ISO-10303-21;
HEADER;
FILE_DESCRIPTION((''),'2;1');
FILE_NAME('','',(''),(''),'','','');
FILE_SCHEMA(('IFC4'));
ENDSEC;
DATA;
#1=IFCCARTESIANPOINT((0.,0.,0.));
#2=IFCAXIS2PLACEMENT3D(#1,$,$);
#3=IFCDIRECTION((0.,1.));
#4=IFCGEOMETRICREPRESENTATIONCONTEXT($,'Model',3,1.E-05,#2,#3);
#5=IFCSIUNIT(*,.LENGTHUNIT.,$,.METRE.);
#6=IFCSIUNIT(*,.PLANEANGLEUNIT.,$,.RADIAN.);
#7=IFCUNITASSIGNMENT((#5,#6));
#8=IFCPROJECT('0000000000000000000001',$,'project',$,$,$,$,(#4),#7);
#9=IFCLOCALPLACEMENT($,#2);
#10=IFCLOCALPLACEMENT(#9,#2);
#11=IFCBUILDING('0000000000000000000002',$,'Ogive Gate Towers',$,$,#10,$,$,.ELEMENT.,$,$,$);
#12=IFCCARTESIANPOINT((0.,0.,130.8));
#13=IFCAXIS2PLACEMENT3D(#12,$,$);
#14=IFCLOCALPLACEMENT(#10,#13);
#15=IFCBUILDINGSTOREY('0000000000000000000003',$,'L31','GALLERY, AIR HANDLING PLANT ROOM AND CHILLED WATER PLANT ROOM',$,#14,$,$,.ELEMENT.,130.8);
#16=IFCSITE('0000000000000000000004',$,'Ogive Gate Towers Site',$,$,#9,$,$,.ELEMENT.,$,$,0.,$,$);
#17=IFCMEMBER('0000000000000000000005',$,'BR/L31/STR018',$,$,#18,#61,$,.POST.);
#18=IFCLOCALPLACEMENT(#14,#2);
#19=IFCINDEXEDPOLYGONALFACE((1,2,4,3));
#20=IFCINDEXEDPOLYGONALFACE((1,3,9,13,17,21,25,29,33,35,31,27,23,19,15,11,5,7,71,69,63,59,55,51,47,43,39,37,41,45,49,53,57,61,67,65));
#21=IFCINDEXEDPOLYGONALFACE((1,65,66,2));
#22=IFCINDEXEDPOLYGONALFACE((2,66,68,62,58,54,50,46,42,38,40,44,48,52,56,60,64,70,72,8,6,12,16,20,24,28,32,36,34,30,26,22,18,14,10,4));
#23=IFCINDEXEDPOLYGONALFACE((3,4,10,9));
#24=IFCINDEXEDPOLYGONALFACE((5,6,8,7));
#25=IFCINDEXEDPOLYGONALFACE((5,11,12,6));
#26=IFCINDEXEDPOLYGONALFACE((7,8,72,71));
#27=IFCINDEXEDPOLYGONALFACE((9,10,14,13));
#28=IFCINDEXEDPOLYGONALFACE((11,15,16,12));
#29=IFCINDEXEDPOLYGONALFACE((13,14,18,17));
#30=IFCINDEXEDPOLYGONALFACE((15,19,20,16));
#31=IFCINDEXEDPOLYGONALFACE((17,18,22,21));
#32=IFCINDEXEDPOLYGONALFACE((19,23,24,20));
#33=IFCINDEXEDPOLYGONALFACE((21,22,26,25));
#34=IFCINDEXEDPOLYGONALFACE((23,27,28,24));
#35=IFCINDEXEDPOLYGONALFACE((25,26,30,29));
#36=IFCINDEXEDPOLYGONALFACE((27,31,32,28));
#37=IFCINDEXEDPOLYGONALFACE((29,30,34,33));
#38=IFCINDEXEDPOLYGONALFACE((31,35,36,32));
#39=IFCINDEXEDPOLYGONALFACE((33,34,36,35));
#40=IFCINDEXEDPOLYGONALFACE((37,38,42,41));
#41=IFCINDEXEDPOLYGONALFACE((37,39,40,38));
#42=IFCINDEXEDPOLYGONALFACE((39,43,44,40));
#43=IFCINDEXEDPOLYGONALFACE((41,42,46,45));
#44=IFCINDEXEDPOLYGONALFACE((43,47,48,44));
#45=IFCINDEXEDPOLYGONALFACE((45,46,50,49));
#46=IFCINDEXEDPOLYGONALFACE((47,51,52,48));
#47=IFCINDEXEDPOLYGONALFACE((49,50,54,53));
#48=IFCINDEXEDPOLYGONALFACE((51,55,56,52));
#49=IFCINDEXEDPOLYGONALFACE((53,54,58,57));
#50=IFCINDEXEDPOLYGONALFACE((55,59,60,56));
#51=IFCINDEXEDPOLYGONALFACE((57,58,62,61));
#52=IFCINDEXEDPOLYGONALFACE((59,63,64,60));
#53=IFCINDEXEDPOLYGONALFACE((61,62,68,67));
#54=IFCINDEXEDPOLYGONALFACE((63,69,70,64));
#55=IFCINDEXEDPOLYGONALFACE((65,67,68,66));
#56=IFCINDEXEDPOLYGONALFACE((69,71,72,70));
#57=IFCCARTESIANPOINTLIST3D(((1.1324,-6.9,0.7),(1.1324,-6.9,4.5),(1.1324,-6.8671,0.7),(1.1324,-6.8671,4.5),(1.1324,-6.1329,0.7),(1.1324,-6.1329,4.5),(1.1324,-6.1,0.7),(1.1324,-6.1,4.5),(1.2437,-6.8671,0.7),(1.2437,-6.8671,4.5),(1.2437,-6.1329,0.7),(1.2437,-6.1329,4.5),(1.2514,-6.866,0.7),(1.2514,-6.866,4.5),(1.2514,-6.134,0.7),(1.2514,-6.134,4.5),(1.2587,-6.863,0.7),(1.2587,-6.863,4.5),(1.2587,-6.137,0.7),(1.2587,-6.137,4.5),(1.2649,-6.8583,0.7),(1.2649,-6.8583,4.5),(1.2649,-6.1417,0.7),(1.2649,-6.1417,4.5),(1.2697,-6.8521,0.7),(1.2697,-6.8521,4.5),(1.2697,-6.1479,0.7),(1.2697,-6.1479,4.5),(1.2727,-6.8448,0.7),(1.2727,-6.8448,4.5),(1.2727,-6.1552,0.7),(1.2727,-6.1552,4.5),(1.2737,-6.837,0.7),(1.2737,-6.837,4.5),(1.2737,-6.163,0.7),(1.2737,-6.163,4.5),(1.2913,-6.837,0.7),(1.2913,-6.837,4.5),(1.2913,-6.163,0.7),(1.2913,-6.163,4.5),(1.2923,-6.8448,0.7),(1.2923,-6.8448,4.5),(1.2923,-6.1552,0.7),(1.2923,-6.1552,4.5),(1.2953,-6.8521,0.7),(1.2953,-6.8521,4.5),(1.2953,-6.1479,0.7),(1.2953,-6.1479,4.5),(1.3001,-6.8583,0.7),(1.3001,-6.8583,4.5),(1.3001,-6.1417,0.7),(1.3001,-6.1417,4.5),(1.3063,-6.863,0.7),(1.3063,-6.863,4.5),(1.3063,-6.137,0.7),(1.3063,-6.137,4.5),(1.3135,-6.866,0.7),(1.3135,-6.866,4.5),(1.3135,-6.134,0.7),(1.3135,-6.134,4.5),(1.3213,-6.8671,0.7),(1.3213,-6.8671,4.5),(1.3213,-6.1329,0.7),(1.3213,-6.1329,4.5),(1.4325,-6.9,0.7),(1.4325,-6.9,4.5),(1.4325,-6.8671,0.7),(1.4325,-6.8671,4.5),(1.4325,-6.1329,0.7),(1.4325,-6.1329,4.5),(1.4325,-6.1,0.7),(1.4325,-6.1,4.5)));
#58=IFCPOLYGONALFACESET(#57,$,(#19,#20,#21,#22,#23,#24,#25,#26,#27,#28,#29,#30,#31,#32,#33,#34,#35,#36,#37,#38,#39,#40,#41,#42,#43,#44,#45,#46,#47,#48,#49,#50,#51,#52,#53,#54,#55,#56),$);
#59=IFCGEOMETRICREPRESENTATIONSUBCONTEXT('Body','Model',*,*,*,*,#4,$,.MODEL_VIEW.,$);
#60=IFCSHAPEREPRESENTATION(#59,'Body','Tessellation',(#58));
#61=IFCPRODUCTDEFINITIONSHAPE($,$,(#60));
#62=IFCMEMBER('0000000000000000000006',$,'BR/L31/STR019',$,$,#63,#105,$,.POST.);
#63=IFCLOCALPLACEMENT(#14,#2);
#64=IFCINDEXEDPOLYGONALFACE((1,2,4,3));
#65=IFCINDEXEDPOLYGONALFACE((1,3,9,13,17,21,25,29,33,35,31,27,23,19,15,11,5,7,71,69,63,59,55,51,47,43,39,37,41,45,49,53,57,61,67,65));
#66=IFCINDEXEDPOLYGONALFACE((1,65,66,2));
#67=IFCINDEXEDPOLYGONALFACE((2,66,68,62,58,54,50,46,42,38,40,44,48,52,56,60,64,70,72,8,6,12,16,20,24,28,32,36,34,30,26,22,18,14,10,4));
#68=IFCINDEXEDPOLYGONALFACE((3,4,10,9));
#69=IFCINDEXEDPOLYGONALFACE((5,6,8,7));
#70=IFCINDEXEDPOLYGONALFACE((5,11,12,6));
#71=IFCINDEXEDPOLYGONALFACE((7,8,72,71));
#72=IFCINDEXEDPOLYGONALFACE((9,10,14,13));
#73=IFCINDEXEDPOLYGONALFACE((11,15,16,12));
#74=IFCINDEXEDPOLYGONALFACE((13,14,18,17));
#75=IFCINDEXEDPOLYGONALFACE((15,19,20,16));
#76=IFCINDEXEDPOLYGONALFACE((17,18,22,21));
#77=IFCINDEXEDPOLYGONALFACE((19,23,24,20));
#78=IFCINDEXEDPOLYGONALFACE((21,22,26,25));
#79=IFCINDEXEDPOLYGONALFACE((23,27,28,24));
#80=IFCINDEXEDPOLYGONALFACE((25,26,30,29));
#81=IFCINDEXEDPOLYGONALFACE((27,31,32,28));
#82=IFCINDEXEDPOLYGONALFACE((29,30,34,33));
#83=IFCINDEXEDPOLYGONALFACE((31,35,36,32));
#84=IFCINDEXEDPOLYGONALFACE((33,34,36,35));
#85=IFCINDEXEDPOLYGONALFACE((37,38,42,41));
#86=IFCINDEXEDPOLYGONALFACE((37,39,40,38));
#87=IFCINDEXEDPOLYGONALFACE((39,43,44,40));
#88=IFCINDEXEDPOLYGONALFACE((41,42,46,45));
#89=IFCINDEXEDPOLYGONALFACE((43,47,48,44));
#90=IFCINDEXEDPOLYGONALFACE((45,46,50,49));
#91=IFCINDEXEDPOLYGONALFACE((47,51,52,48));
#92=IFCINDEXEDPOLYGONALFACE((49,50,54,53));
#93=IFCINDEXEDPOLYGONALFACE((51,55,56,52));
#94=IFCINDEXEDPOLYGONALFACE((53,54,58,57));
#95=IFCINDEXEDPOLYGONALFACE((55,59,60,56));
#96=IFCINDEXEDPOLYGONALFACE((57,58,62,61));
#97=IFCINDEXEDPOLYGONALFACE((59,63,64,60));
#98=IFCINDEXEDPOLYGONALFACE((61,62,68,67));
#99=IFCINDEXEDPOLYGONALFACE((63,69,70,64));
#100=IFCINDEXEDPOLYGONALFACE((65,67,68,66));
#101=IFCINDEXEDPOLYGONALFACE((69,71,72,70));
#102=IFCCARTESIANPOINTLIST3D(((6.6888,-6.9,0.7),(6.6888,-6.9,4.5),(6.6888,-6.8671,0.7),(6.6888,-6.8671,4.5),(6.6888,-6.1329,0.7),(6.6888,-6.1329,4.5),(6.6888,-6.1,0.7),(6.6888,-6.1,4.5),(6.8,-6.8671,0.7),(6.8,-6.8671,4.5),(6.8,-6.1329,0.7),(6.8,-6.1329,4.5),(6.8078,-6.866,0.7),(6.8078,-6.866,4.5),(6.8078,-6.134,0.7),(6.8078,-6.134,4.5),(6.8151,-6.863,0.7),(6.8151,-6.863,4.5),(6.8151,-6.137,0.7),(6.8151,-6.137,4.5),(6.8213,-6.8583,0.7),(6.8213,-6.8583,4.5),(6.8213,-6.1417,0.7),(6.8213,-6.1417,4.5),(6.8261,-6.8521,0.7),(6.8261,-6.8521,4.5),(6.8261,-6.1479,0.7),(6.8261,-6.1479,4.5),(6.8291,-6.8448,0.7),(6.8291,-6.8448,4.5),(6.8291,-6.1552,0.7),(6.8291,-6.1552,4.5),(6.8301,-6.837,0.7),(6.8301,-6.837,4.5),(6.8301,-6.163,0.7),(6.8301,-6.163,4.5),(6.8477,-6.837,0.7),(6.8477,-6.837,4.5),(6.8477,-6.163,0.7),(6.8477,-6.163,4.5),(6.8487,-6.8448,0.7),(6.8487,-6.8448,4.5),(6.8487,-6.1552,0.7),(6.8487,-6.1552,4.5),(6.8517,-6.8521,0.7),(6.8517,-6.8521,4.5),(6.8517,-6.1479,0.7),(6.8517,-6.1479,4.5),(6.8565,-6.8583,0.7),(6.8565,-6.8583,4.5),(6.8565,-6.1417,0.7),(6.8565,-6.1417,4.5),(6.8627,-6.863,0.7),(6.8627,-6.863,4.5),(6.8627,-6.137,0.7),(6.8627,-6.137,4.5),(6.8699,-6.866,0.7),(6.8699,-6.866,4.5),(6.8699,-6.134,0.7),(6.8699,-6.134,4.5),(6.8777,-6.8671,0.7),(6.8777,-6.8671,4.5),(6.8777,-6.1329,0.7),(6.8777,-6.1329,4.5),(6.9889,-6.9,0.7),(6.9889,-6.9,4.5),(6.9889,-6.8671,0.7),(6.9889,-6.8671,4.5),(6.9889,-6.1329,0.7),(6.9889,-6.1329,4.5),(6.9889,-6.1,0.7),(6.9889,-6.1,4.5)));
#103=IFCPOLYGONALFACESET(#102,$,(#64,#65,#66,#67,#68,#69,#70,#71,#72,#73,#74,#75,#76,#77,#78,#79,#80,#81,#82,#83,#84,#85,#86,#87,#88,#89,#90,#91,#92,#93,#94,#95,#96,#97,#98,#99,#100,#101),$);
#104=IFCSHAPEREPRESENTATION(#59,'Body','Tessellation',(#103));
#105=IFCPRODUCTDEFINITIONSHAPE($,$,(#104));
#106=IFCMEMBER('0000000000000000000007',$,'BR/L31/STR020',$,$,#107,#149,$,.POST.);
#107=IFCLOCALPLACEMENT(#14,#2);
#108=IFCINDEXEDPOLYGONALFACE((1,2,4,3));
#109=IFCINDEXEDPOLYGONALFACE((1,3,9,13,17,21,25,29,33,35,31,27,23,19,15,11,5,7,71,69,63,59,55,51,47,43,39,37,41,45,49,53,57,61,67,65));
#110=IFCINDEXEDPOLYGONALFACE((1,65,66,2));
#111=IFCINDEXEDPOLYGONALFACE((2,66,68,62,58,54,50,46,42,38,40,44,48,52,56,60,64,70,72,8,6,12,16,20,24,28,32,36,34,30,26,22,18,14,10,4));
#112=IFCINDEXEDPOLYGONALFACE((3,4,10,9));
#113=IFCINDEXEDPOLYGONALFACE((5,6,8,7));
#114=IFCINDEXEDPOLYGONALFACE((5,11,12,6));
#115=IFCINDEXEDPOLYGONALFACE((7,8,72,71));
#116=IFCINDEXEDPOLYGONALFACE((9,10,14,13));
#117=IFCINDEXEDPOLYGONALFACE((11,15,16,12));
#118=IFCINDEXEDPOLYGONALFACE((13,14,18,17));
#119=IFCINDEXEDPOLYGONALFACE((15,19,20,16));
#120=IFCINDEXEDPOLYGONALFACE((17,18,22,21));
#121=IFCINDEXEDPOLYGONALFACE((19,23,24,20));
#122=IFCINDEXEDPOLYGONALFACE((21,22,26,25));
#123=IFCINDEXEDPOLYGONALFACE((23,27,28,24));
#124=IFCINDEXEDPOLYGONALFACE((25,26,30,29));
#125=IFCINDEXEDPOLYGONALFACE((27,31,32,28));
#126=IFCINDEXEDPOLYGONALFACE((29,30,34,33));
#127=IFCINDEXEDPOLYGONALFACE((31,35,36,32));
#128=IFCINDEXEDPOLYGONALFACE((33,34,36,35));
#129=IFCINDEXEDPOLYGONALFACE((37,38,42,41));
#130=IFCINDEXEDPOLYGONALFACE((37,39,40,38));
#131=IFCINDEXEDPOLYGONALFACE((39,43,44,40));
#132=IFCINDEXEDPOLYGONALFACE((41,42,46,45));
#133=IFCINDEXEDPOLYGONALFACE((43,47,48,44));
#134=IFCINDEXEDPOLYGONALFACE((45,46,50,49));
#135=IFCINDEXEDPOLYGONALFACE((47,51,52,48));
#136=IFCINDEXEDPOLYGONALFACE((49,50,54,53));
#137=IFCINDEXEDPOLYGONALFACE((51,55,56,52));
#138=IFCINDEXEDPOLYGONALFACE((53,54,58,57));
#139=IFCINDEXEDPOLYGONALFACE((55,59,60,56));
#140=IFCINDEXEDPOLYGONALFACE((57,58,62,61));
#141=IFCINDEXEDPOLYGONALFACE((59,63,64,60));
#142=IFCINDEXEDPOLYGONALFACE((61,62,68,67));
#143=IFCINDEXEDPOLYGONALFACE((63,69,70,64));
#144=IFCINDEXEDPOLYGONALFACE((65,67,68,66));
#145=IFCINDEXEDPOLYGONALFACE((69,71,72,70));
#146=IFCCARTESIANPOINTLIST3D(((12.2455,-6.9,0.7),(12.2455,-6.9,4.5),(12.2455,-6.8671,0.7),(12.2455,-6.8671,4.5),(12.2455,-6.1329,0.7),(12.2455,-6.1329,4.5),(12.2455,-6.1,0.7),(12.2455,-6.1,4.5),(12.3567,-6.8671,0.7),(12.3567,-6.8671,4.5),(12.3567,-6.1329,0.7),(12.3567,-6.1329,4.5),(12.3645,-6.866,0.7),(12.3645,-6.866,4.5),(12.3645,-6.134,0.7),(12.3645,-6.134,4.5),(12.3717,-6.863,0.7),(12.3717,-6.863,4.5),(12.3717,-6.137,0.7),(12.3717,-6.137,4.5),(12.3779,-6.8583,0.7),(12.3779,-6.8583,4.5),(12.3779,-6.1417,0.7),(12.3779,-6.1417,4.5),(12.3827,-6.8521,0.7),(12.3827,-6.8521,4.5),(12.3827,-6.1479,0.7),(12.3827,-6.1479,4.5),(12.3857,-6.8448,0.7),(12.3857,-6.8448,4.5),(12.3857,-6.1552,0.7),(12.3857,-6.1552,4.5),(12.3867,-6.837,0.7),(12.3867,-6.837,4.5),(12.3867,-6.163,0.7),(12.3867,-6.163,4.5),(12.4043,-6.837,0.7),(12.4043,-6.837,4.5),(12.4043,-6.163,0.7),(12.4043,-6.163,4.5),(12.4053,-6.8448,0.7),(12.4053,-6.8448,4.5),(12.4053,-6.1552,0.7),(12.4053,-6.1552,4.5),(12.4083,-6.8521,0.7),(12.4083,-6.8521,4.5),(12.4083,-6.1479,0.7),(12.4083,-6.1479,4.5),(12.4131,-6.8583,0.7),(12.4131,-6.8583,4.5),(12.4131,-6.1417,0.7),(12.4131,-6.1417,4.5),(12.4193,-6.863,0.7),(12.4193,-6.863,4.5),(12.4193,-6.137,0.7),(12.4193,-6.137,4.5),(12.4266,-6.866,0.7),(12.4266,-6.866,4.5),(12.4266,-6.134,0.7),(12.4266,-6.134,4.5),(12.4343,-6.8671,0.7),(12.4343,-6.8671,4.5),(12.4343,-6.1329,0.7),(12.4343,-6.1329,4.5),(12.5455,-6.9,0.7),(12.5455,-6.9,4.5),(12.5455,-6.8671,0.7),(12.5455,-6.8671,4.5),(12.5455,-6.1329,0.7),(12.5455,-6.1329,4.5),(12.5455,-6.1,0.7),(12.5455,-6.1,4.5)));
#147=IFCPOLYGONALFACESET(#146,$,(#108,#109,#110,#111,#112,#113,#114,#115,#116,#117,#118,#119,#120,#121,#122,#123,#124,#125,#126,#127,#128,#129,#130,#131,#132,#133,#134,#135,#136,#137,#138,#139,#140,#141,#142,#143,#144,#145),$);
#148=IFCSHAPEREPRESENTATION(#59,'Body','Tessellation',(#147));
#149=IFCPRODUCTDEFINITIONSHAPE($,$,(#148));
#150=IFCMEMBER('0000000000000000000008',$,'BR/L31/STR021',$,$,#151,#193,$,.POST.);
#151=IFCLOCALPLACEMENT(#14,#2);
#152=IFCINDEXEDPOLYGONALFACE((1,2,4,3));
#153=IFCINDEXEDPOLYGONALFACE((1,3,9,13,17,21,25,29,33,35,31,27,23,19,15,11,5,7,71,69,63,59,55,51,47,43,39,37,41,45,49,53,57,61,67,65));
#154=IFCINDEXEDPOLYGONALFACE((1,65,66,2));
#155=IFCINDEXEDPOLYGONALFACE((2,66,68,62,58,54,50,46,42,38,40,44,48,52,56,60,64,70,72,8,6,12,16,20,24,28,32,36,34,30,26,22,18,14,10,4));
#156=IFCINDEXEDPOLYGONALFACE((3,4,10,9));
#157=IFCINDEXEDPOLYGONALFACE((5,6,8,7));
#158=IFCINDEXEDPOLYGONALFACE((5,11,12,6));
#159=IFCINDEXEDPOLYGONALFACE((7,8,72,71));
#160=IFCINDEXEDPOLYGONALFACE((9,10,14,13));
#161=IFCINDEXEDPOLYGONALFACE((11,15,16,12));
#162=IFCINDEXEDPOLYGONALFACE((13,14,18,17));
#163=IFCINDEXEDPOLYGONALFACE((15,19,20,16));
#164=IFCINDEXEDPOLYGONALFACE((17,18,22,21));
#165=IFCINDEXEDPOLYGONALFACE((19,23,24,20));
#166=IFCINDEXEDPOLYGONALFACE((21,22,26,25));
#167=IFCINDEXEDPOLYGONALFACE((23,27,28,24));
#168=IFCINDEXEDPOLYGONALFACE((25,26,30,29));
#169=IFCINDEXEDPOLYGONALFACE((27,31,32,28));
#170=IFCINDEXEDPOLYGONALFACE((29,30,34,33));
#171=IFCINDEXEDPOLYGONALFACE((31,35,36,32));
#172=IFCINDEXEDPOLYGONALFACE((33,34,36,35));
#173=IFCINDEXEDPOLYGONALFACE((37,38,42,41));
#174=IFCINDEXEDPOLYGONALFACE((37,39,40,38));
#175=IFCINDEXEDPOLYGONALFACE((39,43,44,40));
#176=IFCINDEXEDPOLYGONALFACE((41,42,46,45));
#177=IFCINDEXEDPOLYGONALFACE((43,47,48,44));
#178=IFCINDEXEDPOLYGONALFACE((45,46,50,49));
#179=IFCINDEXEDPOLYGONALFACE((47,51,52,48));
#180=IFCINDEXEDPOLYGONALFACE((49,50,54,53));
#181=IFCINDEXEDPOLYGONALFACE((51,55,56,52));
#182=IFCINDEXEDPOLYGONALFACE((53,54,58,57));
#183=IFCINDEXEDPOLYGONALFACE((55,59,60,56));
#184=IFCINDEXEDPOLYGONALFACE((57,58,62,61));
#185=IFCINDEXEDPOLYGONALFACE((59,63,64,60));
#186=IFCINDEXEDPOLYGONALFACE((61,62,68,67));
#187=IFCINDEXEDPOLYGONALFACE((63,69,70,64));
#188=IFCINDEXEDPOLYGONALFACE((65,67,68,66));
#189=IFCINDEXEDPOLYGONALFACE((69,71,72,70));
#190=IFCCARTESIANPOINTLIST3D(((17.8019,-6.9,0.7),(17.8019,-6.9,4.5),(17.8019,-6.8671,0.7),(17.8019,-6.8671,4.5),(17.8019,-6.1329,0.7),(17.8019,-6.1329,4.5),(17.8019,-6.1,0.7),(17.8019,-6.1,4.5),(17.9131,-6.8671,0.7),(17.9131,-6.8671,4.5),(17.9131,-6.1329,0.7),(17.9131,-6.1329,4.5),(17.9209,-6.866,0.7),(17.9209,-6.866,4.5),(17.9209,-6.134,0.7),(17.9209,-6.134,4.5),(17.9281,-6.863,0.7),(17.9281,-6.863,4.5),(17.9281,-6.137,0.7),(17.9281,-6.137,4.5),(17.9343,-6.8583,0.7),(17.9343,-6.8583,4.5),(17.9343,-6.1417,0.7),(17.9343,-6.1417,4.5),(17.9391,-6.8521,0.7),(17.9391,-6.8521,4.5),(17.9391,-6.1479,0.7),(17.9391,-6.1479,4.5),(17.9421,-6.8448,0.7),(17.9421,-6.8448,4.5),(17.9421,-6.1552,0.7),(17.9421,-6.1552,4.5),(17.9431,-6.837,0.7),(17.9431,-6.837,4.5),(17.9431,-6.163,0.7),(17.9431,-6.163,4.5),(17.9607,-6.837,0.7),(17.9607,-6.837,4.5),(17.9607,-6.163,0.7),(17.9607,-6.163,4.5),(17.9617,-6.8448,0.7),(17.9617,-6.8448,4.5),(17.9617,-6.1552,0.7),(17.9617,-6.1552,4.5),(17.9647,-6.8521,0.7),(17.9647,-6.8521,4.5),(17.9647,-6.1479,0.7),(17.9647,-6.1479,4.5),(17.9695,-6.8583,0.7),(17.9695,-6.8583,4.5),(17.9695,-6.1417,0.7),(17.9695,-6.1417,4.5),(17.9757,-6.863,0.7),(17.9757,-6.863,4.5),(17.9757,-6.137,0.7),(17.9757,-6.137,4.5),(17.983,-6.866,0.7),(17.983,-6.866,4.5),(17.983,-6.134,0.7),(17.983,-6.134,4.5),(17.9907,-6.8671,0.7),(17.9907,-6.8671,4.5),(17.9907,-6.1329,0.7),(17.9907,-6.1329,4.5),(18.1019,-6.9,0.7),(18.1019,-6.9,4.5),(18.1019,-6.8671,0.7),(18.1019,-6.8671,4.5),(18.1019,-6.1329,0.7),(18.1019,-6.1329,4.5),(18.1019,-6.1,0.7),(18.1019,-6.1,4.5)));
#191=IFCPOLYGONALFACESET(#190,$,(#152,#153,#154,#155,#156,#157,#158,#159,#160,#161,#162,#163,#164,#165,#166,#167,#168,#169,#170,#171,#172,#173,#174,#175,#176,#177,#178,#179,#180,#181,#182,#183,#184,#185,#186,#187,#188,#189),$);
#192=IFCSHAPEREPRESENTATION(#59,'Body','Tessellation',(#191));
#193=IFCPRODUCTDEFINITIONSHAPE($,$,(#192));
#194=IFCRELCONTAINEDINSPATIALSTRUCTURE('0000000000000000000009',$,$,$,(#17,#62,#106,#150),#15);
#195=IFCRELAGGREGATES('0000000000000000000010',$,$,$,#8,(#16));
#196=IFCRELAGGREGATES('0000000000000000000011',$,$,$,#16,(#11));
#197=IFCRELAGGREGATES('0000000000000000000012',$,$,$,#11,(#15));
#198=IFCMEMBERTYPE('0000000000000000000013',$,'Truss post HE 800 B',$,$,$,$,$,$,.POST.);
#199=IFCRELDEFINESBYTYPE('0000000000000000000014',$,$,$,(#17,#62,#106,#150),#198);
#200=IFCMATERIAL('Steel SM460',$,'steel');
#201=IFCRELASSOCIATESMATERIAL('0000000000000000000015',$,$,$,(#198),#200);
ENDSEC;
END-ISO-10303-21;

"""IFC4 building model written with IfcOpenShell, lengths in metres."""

from ifc_helpers import new_model, si_unit, direction, frame, origin, origin_2d, place, context, subcontext, project, spatial, i_section, extrude, material, material_profile, profile_set, type_object, element, save


model = new_model("IFC4")

# Units and contexts
model_context = context("Model", 3, precision=1e-05, world=origin(), true_north=direction((0.0, 1.0)))
body_context = subcontext(model_context, "Body", "Model", "MODEL_VIEW")
ifc_project = project(units=[si_unit("LENGTHUNIT", "METRE"), si_unit("PLANEANGLEUNIT", "RADIAN")], contexts=[model_context])

# Site, building, storey
site_placement = place(None, origin())
site = spatial("IfcSite", under=ifc_project, at=site_placement, Name="Ogive Gate Towers Site", CompositionType="ELEMENT", RefElevation=0.0)
building_placement = place(site_placement, origin())
building = spatial("IfcBuilding", under=site, at=building_placement, Name="Ogive Gate Towers", CompositionType="ELEMENT")
storey_placement = place(building_placement, frame((0.0, 0.0, 130.8)))
storey = spatial("IfcBuildingStorey", under=building, at=storey_placement, Name="L31", Description="GALLERY, AIR HANDLING PLANT ROOM AND CHILLED WATER PLANT ROOM", CompositionType="ELEMENT", Elevation=130.8)

# Shared definitions
ifc_material_1 = material(Name="Steel SM460", Category="steel")

# Members
ifc_material_profile_1 = material_profile(ifc_material_1, i_section(OverallWidth=0.3, OverallDepth=0.8, WebThickness=0.0176, FlangeThickness=0.033, FilletRadius=0.03, at=origin_2d()), Name="HE 800 B")
ifc_profile_set_1 = profile_set([ifc_material_profile_1], Name="Steel SM460")
member_type_1 = type_object("IfcMemberType", Name="Truss post HE 800 B", PredefinedType="POST", material=ifc_profile_set_1)
for number, where, z_axis, x_axis, name in (
    (1, (1.2825, -6.5, 0.7), (0.0, 0.0, 1.0), (1.0, 0.0, 0.0), "BR/L31/STR018"),
    (2, (6.8389, -6.5, 0.7), (0.0, 0.0, 1.0), (1.0, 0.0, 0.0), "BR/L31/STR019"),
    (3, (12.3955, -6.5, 0.7), (0.0, 0.0, 1.0), (1.0, 0.0, 0.0), "BR/L31/STR020"),
    (4, (17.9519, -6.5, 0.7), (0.0, 0.0, 1.0), (1.0, 0.0, 0.0), "BR/L31/STR021"),
):
    element("IfcMember", number, at=place(storey_placement, frame(where, z_axis=z_axis, x_axis=x_axis)), inside=storey, type_object=member_type_1, Name=name, PredefinedType="POST", context=body_context, shape_type="SweptSolid", body=[
        extrude(i_section(OverallWidth=0.3, OverallDepth=0.8, WebThickness=0.0176, FlangeThickness=0.033, FilletRadius=0.03, at=origin_2d()), origin(), (0.0, 0.0, 1.0), 3.8),
    ])

save(model, "model.ifc")
